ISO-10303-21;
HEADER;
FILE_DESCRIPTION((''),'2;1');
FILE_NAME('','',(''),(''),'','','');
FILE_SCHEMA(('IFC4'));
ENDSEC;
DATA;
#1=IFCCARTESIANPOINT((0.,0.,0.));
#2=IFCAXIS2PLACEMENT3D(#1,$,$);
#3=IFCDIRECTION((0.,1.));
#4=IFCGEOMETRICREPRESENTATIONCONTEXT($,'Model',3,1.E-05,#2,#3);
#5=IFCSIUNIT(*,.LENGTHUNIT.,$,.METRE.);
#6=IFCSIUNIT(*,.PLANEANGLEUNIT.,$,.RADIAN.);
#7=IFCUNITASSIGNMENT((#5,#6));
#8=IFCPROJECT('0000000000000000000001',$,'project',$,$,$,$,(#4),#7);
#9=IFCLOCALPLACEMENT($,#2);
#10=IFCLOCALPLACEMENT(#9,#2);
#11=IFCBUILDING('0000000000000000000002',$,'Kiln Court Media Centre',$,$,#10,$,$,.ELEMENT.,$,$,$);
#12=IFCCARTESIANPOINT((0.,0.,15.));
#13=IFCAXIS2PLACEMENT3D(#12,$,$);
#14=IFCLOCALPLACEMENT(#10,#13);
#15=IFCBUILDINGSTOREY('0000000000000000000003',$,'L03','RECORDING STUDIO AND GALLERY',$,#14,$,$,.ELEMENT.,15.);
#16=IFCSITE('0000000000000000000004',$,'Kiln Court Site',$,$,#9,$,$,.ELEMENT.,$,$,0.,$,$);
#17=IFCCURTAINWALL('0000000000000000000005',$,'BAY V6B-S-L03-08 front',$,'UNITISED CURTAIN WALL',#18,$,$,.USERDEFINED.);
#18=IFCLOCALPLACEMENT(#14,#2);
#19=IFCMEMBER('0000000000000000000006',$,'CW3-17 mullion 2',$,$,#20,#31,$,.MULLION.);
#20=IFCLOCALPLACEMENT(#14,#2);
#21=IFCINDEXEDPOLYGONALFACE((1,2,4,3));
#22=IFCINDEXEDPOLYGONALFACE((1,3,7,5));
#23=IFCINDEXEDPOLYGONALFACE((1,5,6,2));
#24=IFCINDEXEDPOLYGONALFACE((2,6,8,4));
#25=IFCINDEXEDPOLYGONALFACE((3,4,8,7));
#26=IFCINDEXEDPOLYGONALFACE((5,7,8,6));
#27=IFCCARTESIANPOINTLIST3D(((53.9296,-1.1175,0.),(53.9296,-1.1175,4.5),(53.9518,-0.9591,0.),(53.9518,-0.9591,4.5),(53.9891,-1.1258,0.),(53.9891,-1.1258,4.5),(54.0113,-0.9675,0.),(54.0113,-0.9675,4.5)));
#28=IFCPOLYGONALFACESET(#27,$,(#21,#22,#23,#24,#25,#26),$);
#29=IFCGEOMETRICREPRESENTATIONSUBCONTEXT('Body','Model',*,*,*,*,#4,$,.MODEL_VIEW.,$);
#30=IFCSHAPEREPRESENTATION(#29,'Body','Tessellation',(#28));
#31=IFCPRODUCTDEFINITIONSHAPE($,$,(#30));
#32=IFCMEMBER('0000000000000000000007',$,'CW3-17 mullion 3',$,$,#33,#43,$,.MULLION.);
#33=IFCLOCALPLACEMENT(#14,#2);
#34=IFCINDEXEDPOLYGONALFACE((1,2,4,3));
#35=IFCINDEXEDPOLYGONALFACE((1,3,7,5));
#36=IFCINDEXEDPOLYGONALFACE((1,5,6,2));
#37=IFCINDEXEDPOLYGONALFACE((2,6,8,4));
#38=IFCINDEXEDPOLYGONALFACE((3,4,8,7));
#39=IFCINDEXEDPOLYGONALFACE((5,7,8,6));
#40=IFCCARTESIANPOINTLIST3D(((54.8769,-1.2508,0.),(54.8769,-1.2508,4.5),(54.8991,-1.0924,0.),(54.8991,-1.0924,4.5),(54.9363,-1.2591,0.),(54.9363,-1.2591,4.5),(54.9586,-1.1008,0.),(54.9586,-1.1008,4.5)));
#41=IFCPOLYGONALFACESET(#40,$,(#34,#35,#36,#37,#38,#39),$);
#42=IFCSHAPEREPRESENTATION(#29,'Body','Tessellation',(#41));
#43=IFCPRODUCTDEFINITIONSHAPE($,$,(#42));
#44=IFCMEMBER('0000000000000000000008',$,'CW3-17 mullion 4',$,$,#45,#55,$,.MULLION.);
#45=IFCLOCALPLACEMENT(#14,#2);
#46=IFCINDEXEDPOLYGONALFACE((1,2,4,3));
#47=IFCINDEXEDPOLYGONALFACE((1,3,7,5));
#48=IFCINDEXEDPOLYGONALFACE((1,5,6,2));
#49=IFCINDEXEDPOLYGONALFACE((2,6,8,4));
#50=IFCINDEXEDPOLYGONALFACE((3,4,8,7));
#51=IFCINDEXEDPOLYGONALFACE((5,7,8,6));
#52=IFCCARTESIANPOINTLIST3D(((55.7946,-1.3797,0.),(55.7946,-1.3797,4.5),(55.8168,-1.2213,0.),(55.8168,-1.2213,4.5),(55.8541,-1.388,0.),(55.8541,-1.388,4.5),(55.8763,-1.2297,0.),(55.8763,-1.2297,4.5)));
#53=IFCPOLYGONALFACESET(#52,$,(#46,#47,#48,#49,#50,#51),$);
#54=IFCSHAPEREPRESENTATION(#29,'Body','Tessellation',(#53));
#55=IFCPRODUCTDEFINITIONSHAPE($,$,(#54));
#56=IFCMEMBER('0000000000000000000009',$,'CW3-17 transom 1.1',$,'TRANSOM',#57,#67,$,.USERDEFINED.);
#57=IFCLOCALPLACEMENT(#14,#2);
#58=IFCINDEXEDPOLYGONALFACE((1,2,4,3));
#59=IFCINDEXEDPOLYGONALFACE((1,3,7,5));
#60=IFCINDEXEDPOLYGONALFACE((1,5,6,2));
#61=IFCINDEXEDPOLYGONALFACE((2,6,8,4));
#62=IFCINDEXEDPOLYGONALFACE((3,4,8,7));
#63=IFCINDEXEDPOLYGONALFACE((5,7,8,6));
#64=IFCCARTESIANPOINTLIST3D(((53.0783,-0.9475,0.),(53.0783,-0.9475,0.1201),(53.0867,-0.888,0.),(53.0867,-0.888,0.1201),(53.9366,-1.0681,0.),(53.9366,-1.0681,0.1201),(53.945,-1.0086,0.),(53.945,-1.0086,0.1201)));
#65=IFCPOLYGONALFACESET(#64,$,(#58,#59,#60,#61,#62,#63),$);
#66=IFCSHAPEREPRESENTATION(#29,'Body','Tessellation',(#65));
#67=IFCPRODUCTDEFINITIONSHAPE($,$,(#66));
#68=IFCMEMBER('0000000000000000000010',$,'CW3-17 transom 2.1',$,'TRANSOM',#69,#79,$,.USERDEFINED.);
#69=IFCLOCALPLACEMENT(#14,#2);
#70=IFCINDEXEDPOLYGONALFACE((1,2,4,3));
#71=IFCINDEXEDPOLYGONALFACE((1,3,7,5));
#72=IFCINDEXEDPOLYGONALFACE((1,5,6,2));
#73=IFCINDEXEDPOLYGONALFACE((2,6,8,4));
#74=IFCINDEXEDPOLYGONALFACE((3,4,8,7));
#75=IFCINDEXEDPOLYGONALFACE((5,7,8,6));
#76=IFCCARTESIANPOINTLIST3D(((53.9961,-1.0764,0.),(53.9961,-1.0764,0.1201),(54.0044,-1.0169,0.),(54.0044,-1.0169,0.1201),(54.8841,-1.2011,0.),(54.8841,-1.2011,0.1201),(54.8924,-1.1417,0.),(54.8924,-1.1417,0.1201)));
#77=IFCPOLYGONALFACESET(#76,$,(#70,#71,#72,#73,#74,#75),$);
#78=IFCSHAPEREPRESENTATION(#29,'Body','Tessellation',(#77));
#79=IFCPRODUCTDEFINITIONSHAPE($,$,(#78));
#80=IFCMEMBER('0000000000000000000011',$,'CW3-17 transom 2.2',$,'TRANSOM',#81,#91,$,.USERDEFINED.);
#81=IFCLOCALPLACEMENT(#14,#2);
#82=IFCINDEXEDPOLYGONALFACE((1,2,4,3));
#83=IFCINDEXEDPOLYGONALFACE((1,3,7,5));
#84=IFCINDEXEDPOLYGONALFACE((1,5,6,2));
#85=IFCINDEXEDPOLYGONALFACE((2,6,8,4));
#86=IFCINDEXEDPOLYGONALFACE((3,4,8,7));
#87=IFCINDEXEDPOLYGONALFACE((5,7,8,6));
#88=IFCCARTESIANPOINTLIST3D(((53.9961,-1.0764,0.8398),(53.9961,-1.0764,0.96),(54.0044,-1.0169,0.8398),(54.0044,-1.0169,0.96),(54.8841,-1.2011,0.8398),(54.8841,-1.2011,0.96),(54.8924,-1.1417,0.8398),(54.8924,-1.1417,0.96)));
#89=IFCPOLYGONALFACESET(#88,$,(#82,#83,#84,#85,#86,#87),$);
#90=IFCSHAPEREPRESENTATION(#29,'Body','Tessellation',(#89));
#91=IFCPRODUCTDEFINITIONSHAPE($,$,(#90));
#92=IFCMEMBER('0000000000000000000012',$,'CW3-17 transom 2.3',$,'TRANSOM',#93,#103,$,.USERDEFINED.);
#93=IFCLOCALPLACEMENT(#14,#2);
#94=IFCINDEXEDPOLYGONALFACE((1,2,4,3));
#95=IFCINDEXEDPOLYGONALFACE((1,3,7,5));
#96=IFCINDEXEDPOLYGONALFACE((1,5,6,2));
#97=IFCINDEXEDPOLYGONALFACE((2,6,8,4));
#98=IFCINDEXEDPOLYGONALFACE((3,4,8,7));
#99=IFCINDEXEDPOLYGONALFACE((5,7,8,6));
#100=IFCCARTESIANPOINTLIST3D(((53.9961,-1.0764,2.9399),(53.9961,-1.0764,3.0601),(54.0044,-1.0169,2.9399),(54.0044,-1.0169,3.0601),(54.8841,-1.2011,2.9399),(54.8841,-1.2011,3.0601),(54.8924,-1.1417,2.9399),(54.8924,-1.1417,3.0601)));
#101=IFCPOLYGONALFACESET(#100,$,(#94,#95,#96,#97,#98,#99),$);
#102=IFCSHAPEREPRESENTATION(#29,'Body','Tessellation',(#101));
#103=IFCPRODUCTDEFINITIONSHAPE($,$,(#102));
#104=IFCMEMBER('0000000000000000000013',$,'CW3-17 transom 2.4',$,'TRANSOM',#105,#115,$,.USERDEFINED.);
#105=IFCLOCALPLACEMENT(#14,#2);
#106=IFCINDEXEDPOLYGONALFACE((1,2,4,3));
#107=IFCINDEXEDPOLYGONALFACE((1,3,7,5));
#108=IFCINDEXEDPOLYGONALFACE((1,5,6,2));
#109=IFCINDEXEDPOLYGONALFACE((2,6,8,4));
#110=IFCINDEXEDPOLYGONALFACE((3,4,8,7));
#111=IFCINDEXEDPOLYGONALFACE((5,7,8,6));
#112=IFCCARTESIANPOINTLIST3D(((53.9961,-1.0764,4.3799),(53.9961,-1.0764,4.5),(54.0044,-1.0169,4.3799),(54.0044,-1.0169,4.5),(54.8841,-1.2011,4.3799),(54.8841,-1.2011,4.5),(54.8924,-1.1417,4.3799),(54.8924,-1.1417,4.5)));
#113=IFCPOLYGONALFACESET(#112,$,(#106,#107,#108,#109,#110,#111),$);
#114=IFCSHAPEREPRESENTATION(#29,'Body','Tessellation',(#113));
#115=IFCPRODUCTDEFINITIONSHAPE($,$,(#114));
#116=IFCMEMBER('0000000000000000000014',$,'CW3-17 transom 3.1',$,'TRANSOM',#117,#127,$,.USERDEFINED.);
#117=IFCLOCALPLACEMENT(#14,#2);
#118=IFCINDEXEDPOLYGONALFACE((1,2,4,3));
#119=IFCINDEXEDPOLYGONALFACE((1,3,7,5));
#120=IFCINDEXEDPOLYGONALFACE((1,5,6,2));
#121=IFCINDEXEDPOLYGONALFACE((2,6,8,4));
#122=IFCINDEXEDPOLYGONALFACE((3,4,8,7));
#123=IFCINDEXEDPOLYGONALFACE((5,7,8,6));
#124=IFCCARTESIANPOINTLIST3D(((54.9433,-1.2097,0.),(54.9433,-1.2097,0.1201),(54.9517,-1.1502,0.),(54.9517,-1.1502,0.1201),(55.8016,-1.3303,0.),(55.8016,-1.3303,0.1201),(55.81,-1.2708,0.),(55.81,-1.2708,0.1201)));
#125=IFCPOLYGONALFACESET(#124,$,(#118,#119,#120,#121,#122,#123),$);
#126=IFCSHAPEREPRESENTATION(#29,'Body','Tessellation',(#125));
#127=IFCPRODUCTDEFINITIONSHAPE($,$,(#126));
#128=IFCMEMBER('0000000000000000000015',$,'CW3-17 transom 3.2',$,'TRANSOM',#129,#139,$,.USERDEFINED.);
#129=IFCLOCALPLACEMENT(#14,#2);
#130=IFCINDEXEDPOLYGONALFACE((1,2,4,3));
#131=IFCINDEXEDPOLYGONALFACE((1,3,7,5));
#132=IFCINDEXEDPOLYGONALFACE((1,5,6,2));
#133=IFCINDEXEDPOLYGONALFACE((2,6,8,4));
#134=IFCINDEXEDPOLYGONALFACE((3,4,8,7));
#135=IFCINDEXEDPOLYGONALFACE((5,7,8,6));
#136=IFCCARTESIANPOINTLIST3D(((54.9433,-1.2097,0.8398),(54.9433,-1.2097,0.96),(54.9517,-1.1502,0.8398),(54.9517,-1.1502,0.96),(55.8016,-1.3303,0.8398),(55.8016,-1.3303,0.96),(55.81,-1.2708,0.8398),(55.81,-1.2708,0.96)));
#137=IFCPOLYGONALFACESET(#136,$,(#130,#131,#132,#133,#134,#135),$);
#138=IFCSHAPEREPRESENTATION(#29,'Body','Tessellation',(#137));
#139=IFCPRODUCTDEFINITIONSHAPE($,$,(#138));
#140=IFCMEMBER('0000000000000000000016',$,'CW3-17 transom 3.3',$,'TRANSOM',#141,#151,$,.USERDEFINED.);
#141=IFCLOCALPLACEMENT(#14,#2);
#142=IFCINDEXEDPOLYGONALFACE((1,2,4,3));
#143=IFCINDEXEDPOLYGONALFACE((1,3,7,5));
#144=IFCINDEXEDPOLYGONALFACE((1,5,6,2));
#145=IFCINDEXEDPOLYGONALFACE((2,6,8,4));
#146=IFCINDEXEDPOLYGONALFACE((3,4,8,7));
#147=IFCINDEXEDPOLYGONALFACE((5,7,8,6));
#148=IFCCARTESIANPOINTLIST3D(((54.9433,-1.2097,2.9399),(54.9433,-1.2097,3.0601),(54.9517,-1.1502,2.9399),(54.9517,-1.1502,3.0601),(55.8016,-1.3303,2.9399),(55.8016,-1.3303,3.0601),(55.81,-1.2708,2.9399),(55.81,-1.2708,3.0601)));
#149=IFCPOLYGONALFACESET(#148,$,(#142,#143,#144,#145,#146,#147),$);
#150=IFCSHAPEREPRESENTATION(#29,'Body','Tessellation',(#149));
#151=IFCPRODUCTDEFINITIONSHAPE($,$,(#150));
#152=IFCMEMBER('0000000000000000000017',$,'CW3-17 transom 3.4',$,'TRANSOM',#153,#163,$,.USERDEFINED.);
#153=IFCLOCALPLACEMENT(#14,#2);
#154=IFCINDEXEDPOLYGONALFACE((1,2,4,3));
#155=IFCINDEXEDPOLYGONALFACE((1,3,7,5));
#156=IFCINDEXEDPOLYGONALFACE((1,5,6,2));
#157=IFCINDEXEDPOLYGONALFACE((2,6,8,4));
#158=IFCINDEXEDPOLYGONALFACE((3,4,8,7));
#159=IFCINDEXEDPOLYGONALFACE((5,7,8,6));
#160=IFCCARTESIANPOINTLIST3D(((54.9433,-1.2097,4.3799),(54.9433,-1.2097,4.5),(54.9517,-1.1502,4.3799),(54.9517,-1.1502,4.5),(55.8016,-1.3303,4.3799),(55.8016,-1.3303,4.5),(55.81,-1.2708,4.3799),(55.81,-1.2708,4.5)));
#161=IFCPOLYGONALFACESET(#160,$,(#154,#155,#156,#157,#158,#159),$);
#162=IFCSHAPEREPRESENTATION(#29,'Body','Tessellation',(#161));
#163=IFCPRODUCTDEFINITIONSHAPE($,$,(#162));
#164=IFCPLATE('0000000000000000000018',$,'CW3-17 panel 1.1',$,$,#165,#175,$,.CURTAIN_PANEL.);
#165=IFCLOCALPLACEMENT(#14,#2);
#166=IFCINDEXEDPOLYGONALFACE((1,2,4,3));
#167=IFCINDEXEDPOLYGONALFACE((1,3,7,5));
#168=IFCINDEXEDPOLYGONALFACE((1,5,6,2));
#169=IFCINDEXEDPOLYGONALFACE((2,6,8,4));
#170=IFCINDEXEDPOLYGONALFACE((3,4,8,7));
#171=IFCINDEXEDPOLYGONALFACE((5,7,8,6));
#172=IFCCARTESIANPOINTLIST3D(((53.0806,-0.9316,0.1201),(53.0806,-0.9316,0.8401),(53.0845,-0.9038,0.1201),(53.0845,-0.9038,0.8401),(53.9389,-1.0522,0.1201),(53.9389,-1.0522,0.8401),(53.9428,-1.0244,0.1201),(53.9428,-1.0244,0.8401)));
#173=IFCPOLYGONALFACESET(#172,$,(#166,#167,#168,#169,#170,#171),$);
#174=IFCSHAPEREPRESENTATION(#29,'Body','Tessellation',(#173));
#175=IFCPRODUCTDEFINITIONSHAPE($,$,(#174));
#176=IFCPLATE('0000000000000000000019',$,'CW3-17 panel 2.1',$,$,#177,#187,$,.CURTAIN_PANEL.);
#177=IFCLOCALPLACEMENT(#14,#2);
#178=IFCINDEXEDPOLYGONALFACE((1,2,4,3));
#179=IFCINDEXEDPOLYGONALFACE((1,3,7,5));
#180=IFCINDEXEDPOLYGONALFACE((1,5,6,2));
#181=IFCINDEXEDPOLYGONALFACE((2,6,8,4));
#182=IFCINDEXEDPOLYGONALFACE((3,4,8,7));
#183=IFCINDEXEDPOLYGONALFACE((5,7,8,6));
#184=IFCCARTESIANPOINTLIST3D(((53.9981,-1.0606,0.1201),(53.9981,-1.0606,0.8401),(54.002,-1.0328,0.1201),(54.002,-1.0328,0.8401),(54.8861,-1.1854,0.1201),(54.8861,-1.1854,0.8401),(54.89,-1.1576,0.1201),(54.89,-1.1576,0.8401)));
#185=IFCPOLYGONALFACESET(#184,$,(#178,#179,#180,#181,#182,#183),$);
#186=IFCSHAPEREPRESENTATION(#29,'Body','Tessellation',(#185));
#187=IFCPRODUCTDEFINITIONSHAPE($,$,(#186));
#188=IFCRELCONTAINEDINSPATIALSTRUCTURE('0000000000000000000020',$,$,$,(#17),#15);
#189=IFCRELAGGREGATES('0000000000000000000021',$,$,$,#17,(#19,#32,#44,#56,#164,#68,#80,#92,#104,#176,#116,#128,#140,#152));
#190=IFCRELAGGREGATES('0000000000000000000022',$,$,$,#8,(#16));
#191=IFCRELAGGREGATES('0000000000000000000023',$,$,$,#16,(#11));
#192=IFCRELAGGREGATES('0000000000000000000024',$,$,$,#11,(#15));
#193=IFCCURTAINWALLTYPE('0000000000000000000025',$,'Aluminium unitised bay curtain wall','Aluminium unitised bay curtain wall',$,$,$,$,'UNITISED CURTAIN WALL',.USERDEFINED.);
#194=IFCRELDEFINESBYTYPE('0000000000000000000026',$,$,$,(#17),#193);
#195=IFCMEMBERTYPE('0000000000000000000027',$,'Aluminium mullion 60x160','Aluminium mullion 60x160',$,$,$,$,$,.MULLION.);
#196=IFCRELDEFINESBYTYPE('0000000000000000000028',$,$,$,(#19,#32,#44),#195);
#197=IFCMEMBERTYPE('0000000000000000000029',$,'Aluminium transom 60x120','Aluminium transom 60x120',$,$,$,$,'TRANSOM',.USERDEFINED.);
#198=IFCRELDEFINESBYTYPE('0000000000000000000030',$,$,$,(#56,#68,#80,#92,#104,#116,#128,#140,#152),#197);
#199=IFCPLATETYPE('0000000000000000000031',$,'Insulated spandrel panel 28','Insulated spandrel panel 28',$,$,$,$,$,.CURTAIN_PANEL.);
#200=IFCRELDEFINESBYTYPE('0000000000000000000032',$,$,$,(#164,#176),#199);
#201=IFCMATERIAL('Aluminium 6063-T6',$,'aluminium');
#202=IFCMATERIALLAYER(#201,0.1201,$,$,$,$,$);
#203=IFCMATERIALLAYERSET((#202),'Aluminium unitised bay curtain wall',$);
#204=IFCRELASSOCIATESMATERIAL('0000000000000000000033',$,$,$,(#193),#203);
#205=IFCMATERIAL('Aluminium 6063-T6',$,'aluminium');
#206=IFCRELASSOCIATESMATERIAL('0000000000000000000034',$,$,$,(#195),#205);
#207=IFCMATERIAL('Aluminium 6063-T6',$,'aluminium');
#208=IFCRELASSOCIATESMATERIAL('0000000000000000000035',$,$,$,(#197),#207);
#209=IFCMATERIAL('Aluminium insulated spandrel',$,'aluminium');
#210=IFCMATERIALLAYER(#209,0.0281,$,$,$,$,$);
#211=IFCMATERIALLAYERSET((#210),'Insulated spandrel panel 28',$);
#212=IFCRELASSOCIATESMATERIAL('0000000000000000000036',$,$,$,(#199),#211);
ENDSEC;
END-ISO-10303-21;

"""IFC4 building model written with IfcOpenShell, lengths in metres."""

from ifc_helpers import new_model, si_unit, direction, frame, origin, origin_2d, place, context, subcontext, project, spatial, rectangle, extrude, material, layer, layer_set, material_profile, profile_set, type_object, element, aggregate, save


model = new_model("IFC4")

# Units and contexts
model_context = context("Model", 3, precision=1e-05, world=origin(), true_north=direction((0.0, 1.0)))
body_context = subcontext(model_context, "Body", "Model", "MODEL_VIEW")
ifc_project = project(units=[si_unit("LENGTHUNIT", "METRE"), si_unit("PLANEANGLEUNIT", "RADIAN")], contexts=[model_context])

# Site, building, storey
site_placement = place(None, origin())
site = spatial("IfcSite", under=ifc_project, at=site_placement, Name="Kiln Court Site", CompositionType="ELEMENT", RefElevation=0.0)
building_placement = place(site_placement, origin())
building = spatial("IfcBuilding", under=site, at=building_placement, Name="Kiln Court Media Centre", CompositionType="ELEMENT")
storey_placement = place(building_placement, frame((0.0, 0.0, 15.0)))
storey = spatial("IfcBuildingStorey", under=building, at=storey_placement, Name="L03", Description="RECORDING STUDIO AND GALLERY", CompositionType="ELEMENT", Elevation=15.0)

# Curtain wall, members, plates
ifc_material_1 = material(Name="Aluminium 6063-T6", Category="aluminium")
ifc_layer_1 = layer(ifc_material_1, 0.1201)
ifc_layer_set_1 = layer_set([ifc_layer_1], Name="Aluminium unitised bay curtain wall")
curtain_wall_type = type_object("IfcCurtainWallType", Name="Aluminium unitised bay curtain wall", Description="Aluminium unitised bay curtain wall", ElementType="UNITISED CURTAIN WALL", PredefinedType="USERDEFINED", material=ifc_layer_set_1)
curtain_wall_placement = place(storey_placement, origin())
curtain_wall = element("IfcCurtainWall", 1, at=curtain_wall_placement, inside=storey, type_object=curtain_wall_type, Name="BAY V6B-S-L03-08 front", ObjectType="UNITISED CURTAIN WALL", PredefinedType="USERDEFINED")
ifc_material_2 = material(Name="Aluminium 6063-T6", Category="aluminium")
ifc_material_profile_1 = material_profile(ifc_material_2, rectangle(XDim=0.0601, YDim=0.1599, at=origin_2d()), Name="Aluminium mullion 60x160")
ifc_profile_set_1 = profile_set([ifc_material_profile_1], Name="Aluminium 6063-T6")
member_type_1 = type_object("IfcMemberType", Name="Aluminium mullion 60x160", Description="Aluminium mullion 60x160", PredefinedType="MULLION", material=ifc_profile_set_1)
member_1_placement = place(storey_placement, frame((53.9705, -1.0425, 0.0), z_axis=(0.0, 0.0, 1.0), x_axis=(0.99027, -0.139162, 0.0)))
member_1 = element("IfcMember", 2, at=member_1_placement, type_object=member_type_1, Name="CW3-17 mullion 2", PredefinedType="MULLION", context=body_context, shape_type="SweptSolid", body=[
    extrude(rectangle(XDim=0.0601, YDim=0.1599, at=origin_2d()), origin(), (0.0, 0.0, 1.0), 4.5),
])
member_2_placement = place(storey_placement, frame((54.9177, -1.1758, 0.0), z_axis=(0.0, 0.0, 1.0), x_axis=(0.99027, -0.139162, 0.0)))
member_2 = element("IfcMember", 3, at=member_2_placement, type_object=member_type_1, Name="CW3-17 mullion 3", PredefinedType="MULLION", context=body_context, shape_type="SweptSolid", body=[
    extrude(rectangle(XDim=0.0601, YDim=0.1599, at=origin_2d()), origin(), (0.0, 0.0, 1.0), 4.5),
])
member_3_placement = place(storey_placement, frame((55.8354, -1.3047, 0.0), z_axis=(0.0, 0.0, 1.0), x_axis=(0.99027, -0.139162, 0.0)))
member_3 = element("IfcMember", 4, at=member_3_placement, type_object=member_type_1, Name="CW3-17 mullion 4", PredefinedType="MULLION", context=body_context, shape_type="SweptSolid", body=[
    extrude(rectangle(XDim=0.0601, YDim=0.1599, at=origin_2d()), origin(), (0.0, 0.0, 1.0), 4.5),
])
ifc_material_3 = material(Name="Aluminium 6063-T6", Category="aluminium")
ifc_material_profile_2 = material_profile(ifc_material_3, rectangle(XDim=0.0601, YDim=0.1201, at=origin_2d()), Name="Aluminium transom 60x120")
ifc_profile_set_2 = profile_set([ifc_material_profile_2], Name="Aluminium 6063-T6")
member_type_2 = type_object("IfcMemberType", Name="Aluminium transom 60x120", Description="Aluminium transom 60x120", ElementType="TRANSOM", PredefinedType="USERDEFINED", material=ifc_profile_set_2)
member_4_placement = place(storey_placement, frame((53.0825, -0.9177, 0.0601), z_axis=(0.990268, -0.139173, 0.0), x_axis=(0.139173, 0.990268, 0.0)))
member_4 = element("IfcMember", 5, at=member_4_placement, type_object=member_type_2, Name="CW3-17 transom 1.1", ObjectType="TRANSOM", PredefinedType="USERDEFINED", context=body_context, shape_type="SweptSolid", body=[
    extrude(rectangle(XDim=0.0601, YDim=0.1201, at=origin_2d()), origin(), (0.0, 0.0, 1.0), 0.8667),
])
member_5_placement = place(storey_placement, frame((54.0002, -1.0466, 0.0601), z_axis=(0.990274, -0.139134, 0.0), x_axis=(0.139134, 0.990274, 0.0)))
member_5 = element("IfcMember", 6, at=member_5_placement, type_object=member_type_2, Name="CW3-17 transom 2.1", ObjectType="TRANSOM", PredefinedType="USERDEFINED", context=body_context, shape_type="SweptSolid", body=[
    extrude(rectangle(XDim=0.0601, YDim=0.1201, at=origin_2d()), origin(), (0.0, 0.0, 1.0), 0.8967),
])
member_6_placement = place(storey_placement, frame((54.0002, -1.0466, 0.8999), z_axis=(0.990274, -0.139134, 0.0), x_axis=(0.139134, 0.990274, 0.0)))
member_6 = element("IfcMember", 7, at=member_6_placement, type_object=member_type_2, Name="CW3-17 transom 2.2", ObjectType="TRANSOM", PredefinedType="USERDEFINED", context=body_context, shape_type="SweptSolid", body=[
    extrude(rectangle(XDim=0.0601, YDim=0.1201, at=origin_2d()), origin(), (0.0, 0.0, 1.0), 0.8967),
])
member_7_placement = place(storey_placement, frame((54.0002, -1.0466, 3.0), z_axis=(0.990274, -0.139134, 0.0), x_axis=(0.139134, 0.990274, 0.0)))
member_7 = element("IfcMember", 8, at=member_7_placement, type_object=member_type_2, Name="CW3-17 transom 2.3", ObjectType="TRANSOM", PredefinedType="USERDEFINED", context=body_context, shape_type="SweptSolid", body=[
    extrude(rectangle(XDim=0.0601, YDim=0.1201, at=origin_2d()), origin(), (0.0, 0.0, 1.0), 0.8967),
])
member_8_placement = place(storey_placement, frame((54.0002, -1.0466, 4.4399), z_axis=(0.990274, -0.139134, 0.0), x_axis=(0.139134, 0.990274, 0.0)))
member_8 = element("IfcMember", 9, at=member_8_placement, type_object=member_type_2, Name="CW3-17 transom 2.4", ObjectType="TRANSOM", PredefinedType="USERDEFINED", context=body_context, shape_type="SweptSolid", body=[
    extrude(rectangle(XDim=0.0601, YDim=0.1201, at=origin_2d()), origin(), (0.0, 0.0, 1.0), 0.8967),
])
member_9_placement = place(storey_placement, frame((54.9475, -1.1799, 0.0601), z_axis=(0.990268, -0.139173, 0.0), x_axis=(0.139173, 0.990268, 0.0)))
member_9 = element("IfcMember", 10, at=member_9_placement, type_object=member_type_2, Name="CW3-17 transom 3.1", ObjectType="TRANSOM", PredefinedType="USERDEFINED", context=body_context, shape_type="SweptSolid", body=[
    extrude(rectangle(XDim=0.0601, YDim=0.1201, at=origin_2d()), origin(), (0.0, 0.0, 1.0), 0.8667),
])
member_10_placement = place(storey_placement, frame((54.9475, -1.1799, 0.8999), z_axis=(0.990268, -0.139173, 0.0), x_axis=(0.139173, 0.990268, 0.0)))
member_10 = element("IfcMember", 11, at=member_10_placement, type_object=member_type_2, Name="CW3-17 transom 3.2", ObjectType="TRANSOM", PredefinedType="USERDEFINED", context=body_context, shape_type="SweptSolid", body=[
    extrude(rectangle(XDim=0.0601, YDim=0.1201, at=origin_2d()), origin(), (0.0, 0.0, 1.0), 0.8667),
])
member_11_placement = place(storey_placement, frame((54.9475, -1.1799, 3.0), z_axis=(0.990268, -0.139173, 0.0), x_axis=(0.139173, 0.990268, 0.0)))
member_11 = element("IfcMember", 12, at=member_11_placement, type_object=member_type_2, Name="CW3-17 transom 3.3", ObjectType="TRANSOM", PredefinedType="USERDEFINED", context=body_context, shape_type="SweptSolid", body=[
    extrude(rectangle(XDim=0.0601, YDim=0.1201, at=origin_2d()), origin(), (0.0, 0.0, 1.0), 0.8667),
])
member_12_placement = place(storey_placement, frame((54.9475, -1.1799, 4.4399), z_axis=(0.990268, -0.139173, 0.0), x_axis=(0.139173, 0.990268, 0.0)))
member_12 = element("IfcMember", 13, at=member_12_placement, type_object=member_type_2, Name="CW3-17 transom 3.4", ObjectType="TRANSOM", PredefinedType="USERDEFINED", context=body_context, shape_type="SweptSolid", body=[
    extrude(rectangle(XDim=0.0601, YDim=0.1201, at=origin_2d()), origin(), (0.0, 0.0, 1.0), 0.8667),
])
ifc_material_4 = material(Name="Aluminium insulated spandrel", Category="aluminium")
ifc_layer_2 = layer(ifc_material_4, 0.0281)
ifc_layer_set_2 = layer_set([ifc_layer_2], Name="Insulated spandrel panel 28")
plate_type_1 = type_object("IfcPlateType", Name="Insulated spandrel panel 28", Description="Insulated spandrel panel 28", PredefinedType="CURTAIN_PANEL", material=ifc_layer_set_2)
plate_1_placement = place(storey_placement, frame((53.5117, -0.978, 0.1201), z_axis=(0.0, 0.0, 1.0), x_axis=(0.99027, -0.139162, 0.0)))
plate_1 = element("IfcPlate", 14, at=plate_1_placement, type_object=plate_type_1, Name="CW3-17 panel 1.1", PredefinedType="CURTAIN_PANEL", context=body_context, shape_type="SweptSolid", body=[
    extrude(rectangle(XDim=0.8667, YDim=0.0281, at=origin_2d()), origin(), (0.0, 0.0, 1.0), 0.72),
])
plate_2_placement = place(storey_placement, frame((54.4441, -1.1091, 0.1201), z_axis=(0.0, 0.0, 1.0), x_axis=(0.99027, -0.139162, 0.0)))
plate_2 = element("IfcPlate", 15, at=plate_2_placement, type_object=plate_type_1, Name="CW3-17 panel 2.1", PredefinedType="CURTAIN_PANEL", context=body_context, shape_type="SweptSolid", body=[
    extrude(rectangle(XDim=0.8967, YDim=0.0281, at=origin_2d()), origin(), (0.0, 0.0, 1.0), 0.72),
])
aggregate(curtain_wall, [member_1, member_2, member_3, member_4, plate_1, member_5, member_6, member_7, member_8, plate_2, member_9, member_10, member_11, member_12])

save(model, "model.ifc")
